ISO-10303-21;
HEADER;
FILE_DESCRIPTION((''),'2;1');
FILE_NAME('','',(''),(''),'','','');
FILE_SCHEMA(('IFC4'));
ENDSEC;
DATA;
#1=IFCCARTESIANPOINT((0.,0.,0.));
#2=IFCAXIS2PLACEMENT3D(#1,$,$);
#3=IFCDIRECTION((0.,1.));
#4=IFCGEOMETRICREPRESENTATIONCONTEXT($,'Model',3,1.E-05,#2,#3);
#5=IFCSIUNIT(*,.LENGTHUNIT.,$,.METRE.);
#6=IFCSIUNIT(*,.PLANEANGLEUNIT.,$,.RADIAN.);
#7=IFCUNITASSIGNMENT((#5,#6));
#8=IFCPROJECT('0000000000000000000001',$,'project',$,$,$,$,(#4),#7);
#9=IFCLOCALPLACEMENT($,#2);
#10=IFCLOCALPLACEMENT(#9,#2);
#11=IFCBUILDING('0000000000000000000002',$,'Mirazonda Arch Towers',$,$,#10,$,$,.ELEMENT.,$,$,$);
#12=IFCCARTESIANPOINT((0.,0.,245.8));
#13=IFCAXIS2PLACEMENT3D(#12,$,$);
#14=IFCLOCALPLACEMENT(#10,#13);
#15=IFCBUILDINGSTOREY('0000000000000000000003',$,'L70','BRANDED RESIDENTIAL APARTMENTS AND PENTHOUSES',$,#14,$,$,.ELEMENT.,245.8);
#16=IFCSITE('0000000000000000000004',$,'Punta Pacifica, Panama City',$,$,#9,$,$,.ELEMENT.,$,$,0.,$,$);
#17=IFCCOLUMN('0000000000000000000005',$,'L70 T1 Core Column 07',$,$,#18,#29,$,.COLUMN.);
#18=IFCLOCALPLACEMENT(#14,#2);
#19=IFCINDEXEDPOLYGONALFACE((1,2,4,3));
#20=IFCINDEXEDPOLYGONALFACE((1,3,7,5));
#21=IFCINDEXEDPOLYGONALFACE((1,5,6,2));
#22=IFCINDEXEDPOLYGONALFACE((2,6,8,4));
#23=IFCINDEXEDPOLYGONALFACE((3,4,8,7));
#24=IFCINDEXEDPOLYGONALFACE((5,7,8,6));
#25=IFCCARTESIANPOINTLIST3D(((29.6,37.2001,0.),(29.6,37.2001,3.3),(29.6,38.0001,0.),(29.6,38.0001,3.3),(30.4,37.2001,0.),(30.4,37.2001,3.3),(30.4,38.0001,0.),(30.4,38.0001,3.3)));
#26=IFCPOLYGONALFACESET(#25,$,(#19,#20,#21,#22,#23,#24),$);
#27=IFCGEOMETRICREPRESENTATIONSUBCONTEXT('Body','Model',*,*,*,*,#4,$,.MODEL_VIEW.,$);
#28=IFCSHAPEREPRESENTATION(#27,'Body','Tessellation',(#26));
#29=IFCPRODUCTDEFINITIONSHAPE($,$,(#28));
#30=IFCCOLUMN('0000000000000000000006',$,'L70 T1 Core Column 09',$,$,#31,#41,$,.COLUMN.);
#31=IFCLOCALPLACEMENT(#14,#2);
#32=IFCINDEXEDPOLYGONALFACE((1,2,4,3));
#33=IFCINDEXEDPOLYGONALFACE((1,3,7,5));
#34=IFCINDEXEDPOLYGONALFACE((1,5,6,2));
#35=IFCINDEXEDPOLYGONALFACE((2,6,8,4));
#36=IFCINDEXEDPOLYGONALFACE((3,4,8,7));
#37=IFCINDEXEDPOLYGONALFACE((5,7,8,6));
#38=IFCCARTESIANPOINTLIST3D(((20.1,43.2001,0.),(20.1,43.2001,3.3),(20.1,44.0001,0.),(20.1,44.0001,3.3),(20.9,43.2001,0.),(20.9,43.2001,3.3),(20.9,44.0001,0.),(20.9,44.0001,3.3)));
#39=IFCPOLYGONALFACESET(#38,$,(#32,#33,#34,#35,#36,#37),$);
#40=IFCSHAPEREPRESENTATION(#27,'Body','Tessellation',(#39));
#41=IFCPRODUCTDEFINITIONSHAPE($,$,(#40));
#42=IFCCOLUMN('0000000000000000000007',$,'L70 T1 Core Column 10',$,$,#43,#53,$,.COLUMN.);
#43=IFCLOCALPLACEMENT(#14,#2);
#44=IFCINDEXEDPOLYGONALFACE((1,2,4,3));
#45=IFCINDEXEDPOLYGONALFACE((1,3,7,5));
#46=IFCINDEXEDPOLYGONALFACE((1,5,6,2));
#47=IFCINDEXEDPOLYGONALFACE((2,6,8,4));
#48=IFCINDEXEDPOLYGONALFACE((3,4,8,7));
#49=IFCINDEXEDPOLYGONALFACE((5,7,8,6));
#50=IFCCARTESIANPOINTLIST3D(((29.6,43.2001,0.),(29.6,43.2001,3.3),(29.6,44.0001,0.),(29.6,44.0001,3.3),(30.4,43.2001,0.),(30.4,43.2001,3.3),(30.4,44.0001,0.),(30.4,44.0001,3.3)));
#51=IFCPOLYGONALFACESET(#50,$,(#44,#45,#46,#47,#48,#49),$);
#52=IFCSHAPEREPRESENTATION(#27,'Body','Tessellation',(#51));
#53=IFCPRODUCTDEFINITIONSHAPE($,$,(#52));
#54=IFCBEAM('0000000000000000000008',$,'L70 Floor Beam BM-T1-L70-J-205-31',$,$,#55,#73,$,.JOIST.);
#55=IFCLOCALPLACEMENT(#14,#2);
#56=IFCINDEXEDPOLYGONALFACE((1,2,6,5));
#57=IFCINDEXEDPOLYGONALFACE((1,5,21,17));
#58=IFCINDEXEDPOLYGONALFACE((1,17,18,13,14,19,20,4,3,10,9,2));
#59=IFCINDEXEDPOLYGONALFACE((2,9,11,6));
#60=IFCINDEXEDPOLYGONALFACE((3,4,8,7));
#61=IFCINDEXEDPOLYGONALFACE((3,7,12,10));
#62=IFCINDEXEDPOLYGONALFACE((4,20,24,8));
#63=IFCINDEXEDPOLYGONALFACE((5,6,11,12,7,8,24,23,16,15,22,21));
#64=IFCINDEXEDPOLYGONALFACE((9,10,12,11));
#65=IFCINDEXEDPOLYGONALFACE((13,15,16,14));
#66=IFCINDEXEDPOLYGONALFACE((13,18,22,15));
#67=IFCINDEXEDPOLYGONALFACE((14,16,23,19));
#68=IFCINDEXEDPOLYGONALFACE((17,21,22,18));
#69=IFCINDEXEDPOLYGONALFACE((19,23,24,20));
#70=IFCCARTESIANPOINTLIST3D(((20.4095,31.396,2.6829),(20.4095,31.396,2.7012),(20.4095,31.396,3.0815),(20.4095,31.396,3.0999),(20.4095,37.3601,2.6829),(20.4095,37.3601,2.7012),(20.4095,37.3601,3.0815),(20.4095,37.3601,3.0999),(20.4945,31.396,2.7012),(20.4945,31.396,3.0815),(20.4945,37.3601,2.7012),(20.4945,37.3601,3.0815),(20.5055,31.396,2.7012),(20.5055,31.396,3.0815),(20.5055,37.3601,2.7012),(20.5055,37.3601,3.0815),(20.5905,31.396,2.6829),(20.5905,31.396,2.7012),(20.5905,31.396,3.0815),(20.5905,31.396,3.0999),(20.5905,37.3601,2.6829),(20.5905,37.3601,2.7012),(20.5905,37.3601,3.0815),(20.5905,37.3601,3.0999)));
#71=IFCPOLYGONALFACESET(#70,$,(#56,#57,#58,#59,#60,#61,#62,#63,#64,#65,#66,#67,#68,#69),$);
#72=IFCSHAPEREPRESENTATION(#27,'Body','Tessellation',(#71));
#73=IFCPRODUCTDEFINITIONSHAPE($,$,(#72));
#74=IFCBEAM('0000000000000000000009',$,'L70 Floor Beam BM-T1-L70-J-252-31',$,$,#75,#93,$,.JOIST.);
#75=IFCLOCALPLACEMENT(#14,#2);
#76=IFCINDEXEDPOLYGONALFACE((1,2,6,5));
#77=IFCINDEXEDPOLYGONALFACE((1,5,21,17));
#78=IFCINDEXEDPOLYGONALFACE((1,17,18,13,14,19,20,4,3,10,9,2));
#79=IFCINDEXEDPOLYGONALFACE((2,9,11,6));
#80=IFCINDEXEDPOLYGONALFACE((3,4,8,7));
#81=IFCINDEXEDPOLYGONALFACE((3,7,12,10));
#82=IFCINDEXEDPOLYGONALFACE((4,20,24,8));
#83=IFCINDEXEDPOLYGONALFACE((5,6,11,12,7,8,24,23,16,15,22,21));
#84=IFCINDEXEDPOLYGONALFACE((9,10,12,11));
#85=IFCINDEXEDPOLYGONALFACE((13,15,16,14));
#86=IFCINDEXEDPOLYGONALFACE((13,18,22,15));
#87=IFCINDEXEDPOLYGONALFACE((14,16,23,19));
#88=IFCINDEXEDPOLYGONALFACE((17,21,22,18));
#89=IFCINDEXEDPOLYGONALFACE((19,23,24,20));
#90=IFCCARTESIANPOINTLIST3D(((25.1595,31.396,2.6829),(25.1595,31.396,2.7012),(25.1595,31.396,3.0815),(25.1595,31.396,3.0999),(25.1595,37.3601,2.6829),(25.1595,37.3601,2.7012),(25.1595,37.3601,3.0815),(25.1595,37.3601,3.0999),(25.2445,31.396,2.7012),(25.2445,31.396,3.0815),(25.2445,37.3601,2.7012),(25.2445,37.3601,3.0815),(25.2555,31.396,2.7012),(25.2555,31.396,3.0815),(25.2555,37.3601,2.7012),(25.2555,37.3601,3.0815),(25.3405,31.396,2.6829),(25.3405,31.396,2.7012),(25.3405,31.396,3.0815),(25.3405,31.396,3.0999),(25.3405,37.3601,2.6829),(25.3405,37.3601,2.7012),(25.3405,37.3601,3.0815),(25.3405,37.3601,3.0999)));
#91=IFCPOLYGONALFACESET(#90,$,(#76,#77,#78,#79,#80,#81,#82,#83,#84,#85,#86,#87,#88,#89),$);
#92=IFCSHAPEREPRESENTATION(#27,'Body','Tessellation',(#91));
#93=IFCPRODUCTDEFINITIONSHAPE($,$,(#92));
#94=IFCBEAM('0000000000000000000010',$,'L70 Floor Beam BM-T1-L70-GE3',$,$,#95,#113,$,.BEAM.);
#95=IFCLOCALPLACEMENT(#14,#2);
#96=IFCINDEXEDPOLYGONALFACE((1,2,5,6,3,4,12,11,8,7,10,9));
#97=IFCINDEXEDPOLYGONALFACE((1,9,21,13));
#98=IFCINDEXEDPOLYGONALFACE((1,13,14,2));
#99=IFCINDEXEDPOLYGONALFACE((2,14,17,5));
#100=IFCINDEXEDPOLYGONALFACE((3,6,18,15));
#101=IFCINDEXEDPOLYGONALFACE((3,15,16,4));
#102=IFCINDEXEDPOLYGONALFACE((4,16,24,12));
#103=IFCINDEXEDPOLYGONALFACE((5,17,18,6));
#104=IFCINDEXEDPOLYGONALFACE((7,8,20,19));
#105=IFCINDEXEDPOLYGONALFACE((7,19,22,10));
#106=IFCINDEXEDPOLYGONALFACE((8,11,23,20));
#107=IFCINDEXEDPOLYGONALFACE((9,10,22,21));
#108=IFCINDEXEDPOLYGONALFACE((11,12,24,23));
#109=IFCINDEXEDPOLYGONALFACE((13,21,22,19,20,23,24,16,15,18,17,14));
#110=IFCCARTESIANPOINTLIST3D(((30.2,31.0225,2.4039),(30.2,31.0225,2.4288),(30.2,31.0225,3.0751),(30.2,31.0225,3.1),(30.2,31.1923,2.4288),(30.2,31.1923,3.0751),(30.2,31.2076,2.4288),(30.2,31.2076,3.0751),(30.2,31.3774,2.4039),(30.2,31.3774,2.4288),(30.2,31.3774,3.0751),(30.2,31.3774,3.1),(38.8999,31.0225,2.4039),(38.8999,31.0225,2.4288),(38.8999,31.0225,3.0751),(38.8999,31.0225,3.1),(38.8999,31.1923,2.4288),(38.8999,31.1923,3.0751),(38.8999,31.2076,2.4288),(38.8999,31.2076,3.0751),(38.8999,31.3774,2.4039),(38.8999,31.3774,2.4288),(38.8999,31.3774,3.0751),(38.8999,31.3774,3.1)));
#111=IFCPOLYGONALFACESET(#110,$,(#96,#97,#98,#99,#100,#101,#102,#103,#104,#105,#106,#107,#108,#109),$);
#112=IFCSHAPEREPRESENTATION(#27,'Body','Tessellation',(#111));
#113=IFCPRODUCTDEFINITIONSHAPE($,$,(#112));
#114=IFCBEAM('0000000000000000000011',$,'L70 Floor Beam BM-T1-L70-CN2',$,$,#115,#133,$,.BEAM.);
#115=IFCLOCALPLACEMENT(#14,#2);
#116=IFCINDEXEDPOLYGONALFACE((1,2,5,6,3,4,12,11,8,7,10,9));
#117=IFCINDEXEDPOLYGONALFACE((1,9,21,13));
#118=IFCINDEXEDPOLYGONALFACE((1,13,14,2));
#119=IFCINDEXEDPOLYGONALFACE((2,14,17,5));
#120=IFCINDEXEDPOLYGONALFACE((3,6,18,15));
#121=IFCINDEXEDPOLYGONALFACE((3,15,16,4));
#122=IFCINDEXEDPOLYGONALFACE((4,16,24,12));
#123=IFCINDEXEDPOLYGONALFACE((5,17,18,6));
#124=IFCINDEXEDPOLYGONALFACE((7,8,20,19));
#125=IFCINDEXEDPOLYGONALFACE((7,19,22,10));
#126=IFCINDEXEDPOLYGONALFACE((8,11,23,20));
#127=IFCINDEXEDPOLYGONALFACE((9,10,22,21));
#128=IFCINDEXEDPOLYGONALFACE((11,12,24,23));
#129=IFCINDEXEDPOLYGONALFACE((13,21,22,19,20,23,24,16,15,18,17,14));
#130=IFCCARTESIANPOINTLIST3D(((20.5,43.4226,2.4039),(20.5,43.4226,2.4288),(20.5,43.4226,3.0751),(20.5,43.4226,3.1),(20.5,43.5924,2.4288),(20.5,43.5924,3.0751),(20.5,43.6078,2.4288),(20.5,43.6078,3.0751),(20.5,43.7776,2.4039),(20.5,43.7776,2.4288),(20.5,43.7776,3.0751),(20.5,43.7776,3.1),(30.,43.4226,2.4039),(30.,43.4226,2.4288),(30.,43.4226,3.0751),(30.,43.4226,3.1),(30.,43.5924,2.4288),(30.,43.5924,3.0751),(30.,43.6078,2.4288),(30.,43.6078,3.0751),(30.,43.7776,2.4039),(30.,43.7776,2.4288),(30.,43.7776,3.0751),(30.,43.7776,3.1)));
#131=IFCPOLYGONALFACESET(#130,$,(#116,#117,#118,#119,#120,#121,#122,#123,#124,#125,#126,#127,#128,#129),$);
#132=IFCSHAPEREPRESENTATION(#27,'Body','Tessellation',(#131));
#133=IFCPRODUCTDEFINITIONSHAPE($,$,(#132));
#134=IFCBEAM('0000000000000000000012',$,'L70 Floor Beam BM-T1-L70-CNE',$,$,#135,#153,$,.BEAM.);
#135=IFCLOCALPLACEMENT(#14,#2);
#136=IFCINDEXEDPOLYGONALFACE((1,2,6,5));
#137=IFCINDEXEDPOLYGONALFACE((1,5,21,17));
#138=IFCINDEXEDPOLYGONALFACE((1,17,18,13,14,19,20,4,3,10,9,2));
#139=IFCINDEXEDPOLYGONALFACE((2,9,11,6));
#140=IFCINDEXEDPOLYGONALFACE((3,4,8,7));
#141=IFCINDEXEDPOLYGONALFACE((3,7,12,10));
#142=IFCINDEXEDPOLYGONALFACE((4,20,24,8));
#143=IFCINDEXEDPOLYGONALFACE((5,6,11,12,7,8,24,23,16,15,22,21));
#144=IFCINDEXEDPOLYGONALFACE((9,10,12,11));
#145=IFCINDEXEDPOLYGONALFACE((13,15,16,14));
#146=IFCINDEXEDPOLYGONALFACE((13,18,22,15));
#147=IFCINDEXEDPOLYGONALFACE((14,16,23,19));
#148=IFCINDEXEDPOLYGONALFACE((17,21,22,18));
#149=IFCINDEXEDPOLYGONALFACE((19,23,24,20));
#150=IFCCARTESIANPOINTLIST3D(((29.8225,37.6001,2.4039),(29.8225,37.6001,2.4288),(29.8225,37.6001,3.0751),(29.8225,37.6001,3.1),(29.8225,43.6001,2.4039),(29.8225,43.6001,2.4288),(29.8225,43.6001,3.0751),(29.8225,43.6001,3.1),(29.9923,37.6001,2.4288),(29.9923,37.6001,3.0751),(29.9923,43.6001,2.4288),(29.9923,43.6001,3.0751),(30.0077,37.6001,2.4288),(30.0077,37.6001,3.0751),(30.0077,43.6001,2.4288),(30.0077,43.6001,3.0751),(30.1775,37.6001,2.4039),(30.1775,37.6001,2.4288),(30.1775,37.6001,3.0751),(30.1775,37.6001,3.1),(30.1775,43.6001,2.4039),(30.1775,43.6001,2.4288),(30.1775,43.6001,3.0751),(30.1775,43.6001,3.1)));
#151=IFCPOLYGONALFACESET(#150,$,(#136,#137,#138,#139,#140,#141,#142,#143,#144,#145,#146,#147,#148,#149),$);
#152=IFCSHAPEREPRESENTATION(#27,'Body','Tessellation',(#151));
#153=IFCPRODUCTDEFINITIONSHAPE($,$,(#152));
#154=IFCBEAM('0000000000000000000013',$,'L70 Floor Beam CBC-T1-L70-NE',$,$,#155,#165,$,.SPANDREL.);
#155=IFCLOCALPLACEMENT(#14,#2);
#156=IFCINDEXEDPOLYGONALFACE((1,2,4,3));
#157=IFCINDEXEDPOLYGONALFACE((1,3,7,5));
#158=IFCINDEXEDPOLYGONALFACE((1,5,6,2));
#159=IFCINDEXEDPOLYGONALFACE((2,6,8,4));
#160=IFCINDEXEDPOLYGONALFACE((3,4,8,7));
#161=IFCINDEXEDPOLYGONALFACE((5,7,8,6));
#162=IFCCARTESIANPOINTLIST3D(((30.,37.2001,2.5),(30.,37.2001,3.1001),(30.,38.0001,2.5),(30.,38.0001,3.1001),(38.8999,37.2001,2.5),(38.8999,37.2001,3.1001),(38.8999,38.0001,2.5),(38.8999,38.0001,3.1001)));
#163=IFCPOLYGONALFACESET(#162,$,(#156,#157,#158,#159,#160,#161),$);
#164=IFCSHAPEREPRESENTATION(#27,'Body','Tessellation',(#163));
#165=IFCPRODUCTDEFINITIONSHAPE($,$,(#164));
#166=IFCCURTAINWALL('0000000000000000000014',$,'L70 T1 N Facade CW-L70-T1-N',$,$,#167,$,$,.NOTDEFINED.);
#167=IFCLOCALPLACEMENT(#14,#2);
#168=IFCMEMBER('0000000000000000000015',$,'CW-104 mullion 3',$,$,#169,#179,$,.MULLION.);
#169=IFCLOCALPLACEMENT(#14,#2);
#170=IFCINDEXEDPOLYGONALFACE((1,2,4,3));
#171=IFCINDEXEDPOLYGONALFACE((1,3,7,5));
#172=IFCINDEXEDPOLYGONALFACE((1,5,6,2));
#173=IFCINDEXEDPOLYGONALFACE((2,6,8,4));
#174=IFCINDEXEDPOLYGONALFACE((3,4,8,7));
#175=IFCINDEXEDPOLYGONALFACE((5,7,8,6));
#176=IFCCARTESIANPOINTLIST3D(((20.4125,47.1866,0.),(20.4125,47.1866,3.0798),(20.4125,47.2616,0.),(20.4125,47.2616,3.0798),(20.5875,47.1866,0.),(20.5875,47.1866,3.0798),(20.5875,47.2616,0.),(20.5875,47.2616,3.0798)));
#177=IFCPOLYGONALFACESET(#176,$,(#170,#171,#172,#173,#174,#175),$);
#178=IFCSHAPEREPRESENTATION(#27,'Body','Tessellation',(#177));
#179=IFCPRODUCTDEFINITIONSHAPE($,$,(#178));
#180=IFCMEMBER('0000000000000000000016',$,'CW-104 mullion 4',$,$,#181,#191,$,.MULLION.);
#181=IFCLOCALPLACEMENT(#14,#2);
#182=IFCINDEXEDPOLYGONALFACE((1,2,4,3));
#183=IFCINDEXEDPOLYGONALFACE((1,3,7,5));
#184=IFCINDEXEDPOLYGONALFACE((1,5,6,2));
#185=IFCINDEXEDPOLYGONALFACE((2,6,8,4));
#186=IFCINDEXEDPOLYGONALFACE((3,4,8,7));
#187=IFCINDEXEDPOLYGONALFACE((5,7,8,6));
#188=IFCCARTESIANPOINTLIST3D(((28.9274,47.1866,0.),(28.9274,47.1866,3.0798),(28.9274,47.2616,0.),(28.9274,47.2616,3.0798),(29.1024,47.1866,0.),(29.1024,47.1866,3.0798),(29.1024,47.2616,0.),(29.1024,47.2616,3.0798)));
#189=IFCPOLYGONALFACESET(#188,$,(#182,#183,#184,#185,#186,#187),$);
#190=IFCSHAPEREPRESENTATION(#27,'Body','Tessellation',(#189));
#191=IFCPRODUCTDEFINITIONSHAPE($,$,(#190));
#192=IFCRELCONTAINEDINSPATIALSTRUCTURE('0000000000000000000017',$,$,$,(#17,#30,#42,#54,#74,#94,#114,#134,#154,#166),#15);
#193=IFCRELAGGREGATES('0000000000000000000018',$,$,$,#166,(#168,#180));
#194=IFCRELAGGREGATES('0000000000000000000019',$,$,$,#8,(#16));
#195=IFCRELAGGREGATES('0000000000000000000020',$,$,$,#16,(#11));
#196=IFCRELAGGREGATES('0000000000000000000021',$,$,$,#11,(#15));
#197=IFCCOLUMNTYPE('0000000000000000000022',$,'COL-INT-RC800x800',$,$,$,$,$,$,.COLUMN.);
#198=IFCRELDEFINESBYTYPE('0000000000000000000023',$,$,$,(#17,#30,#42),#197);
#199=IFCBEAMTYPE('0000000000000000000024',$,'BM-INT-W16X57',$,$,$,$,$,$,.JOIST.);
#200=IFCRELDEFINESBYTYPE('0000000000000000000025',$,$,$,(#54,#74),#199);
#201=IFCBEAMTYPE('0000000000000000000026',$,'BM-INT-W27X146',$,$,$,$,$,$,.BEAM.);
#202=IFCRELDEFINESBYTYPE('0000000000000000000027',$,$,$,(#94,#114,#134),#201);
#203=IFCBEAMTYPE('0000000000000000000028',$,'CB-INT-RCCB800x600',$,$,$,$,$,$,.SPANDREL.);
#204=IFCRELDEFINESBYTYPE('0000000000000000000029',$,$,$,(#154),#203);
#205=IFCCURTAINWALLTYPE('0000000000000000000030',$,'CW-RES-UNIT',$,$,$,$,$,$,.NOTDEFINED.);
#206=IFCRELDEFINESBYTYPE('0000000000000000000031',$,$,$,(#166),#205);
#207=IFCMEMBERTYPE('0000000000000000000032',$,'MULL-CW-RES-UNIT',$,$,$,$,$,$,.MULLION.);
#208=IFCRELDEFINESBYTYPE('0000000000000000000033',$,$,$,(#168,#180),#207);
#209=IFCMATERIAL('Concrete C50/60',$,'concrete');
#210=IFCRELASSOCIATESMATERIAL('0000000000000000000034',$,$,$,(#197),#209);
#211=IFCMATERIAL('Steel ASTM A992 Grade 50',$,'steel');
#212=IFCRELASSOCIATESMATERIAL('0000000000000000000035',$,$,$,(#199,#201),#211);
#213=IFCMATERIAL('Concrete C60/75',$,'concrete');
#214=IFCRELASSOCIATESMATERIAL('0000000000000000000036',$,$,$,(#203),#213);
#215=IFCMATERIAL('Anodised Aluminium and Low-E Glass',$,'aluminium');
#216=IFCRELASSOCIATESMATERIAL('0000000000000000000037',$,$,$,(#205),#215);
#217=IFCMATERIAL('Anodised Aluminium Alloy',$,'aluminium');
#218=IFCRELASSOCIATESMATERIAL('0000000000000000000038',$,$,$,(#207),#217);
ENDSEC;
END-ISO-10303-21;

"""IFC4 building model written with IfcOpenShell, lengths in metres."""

from ifc_helpers import new_model, si_unit, direction, frame, origin, origin_2d, place, context, subcontext, project, spatial, rectangle, i_section, extrude, material, material_profile, profile_set, type_object, element, aggregate, save


model = new_model("IFC4")

# Units and contexts
model_context = context("Model", 3, precision=1e-05, world=origin(), true_north=direction((0.0, 1.0)))
body_context = subcontext(model_context, "Body", "Model", "MODEL_VIEW")
ifc_project = project(units=[si_unit("LENGTHUNIT", "METRE"), si_unit("PLANEANGLEUNIT", "RADIAN")], contexts=[model_context])

# Site, building, storey
site_placement = place(None, origin())
site = spatial("IfcSite", under=ifc_project, at=site_placement, Name="Punta Pacifica, Panama City", CompositionType="ELEMENT", RefElevation=0.0)
building_placement = place(site_placement, origin())
building = spatial("IfcBuilding", under=site, at=building_placement, Name="Mirazonda Arch Towers", CompositionType="ELEMENT")
storey_placement = place(building_placement, frame((0.0, 0.0, 245.8)))
storey = spatial("IfcBuildingStorey", under=building, at=storey_placement, Name="L70", Description="BRANDED RESIDENTIAL APARTMENTS AND PENTHOUSES", CompositionType="ELEMENT", Elevation=245.8)

# Columns
ifc_material_1 = material(Name="Concrete C50/60", Category="concrete")
ifc_material_profile_1 = material_profile(ifc_material_1, rectangle(XDim=0.8, YDim=0.8, at=origin_2d()), Name="RC800x800")
ifc_profile_set_1 = profile_set([ifc_material_profile_1], Name="Concrete C50/60")
column_type = type_object("IfcColumnType", Name="COL-INT-RC800x800", PredefinedType="COLUMN", material=ifc_profile_set_1)
for number, where, z_axis, x_axis, name in (
    (1, (30.0, 37.6001, 0.0), (0.0, 0.0, 1.0), (1.0, 0.0, 0.0), "L70 T1 Core Column 07"),
    (2, (20.5, 43.6001, 0.0), (0.0, 0.0, 1.0), (1.0, 0.0, 0.0), "L70 T1 Core Column 09"),
    (3, (30.0, 43.6001, 0.0), (0.0, 0.0, 1.0), (1.0, 0.0, 0.0), "L70 T1 Core Column 10"),
):
    element("IfcColumn", number, at=place(storey_placement, frame(where, z_axis=z_axis, x_axis=x_axis)), inside=storey, type_object=column_type, Name=name, PredefinedType="COLUMN", context=body_context, shape_type="SweptSolid", body=[
        extrude(rectangle(XDim=0.8, YDim=0.8, at=origin_2d()), origin(), (0.0, 0.0, 1.0), 3.3),
    ])

# Beams
ifc_material_2 = material(Name="Steel ASTM A992 Grade 50", Category="steel")
ifc_material_profile_2 = material_profile(ifc_material_2, i_section(OverallWidth=0.1809, OverallDepth=0.417, WebThickness=0.011, FlangeThickness=0.0183, at=origin_2d()), Name="W16X57")
ifc_profile_set_2 = profile_set([ifc_material_profile_2], Name="Steel ASTM A992 Grade 50")
beam_type_1 = type_object("IfcBeamType", Name="BM-INT-W16X57", PredefinedType="JOIST", material=ifc_profile_set_2)
for number, where, z_axis, x_axis, name in (
    (4, (20.5, 31.396, 2.8914), (0.0, 1.0, 0.0), (-1.0, 0.0, 0.0), "L70 Floor Beam BM-T1-L70-J-205-31"),
    (5, (25.25, 31.396, 2.8914), (0.0, 1.0, 0.0), (-1.0, 0.0, 0.0), "L70 Floor Beam BM-T1-L70-J-252-31"),
):
    element("IfcBeam", number, at=place(storey_placement, frame(where, z_axis=z_axis, x_axis=x_axis)), inside=storey, type_object=beam_type_1, Name=name, PredefinedType="JOIST", context=body_context, shape_type="SweptSolid", body=[
        extrude(i_section(OverallWidth=0.1809, OverallDepth=0.417, WebThickness=0.011, FlangeThickness=0.0183, at=origin_2d()), origin(), (0.0, 0.0, 1.0), 5.9641),
    ])
ifc_material_profile_3 = material_profile(ifc_material_2, i_section(OverallWidth=0.355, OverallDepth=0.696, WebThickness=0.0154, FlangeThickness=0.0249, at=origin_2d()), Name="W27X146")
ifc_profile_set_3 = profile_set([ifc_material_profile_3], Name="Steel ASTM A992 Grade 50")
beam_type_2 = type_object("IfcBeamType", Name="BM-INT-W27X146", PredefinedType="BEAM", material=ifc_profile_set_3)
beam_1_placement = place(storey_placement, frame((30.2, 31.2, 2.752), z_axis=(1.0, 0.0, 0.0), x_axis=(0.0, 1.0, 0.0)))
element("IfcBeam", 6, at=beam_1_placement, inside=storey, type_object=beam_type_2, Name="L70 Floor Beam BM-T1-L70-GE3", PredefinedType="BEAM", context=body_context, shape_type="SweptSolid", body=[
    extrude(i_section(OverallWidth=0.355, OverallDepth=0.696, WebThickness=0.0154, FlangeThickness=0.0249, at=origin_2d()), origin(), (0.0, 0.0, 1.0), 8.7),
])
beam_2_placement = place(storey_placement, frame((20.5, 43.6001, 2.752), z_axis=(1.0, 0.0, 0.0), x_axis=(0.0, 1.0, 0.0)))
element("IfcBeam", 7, at=beam_2_placement, inside=storey, type_object=beam_type_2, Name="L70 Floor Beam BM-T1-L70-CN2", PredefinedType="BEAM", context=body_context, shape_type="SweptSolid", body=[
    extrude(i_section(OverallWidth=0.355, OverallDepth=0.696, WebThickness=0.0154, FlangeThickness=0.0249, at=origin_2d()), origin(), (0.0, 0.0, 1.0), 9.5),
])
beam_3_placement = place(storey_placement, frame((30.0, 37.6001, 2.752), z_axis=(0.0, 1.0, 0.0), x_axis=(-1.0, 0.0, 0.0)))
element("IfcBeam", 8, at=beam_3_placement, inside=storey, type_object=beam_type_2, Name="L70 Floor Beam BM-T1-L70-CNE", PredefinedType="BEAM", context=body_context, shape_type="SweptSolid", body=[
    extrude(i_section(OverallWidth=0.355, OverallDepth=0.696, WebThickness=0.0154, FlangeThickness=0.0249, at=origin_2d()), origin(), (0.0, 0.0, 1.0), 6.0),
])
ifc_material_3 = material(Name="Concrete C60/75", Category="concrete")
ifc_material_profile_4 = material_profile(ifc_material_3, rectangle(XDim=0.8, YDim=0.6001, at=origin_2d()), Name="RCCB800x600")
ifc_profile_set_4 = profile_set([ifc_material_profile_4], Name="Concrete C60/75")
beam_type_3 = type_object("IfcBeamType", Name="CB-INT-RCCB800x600", PredefinedType="SPANDREL", material=ifc_profile_set_4)
beam_4_placement = place(storey_placement, frame((30.0, 37.6001, 2.8), z_axis=(1.0, 0.0, 0.0), x_axis=(0.0, 1.0, 0.0)))
element("IfcBeam", 9, at=beam_4_placement, inside=storey, type_object=beam_type_3, Name="L70 Floor Beam CBC-T1-L70-NE", PredefinedType="SPANDREL", context=body_context, shape_type="SweptSolid", body=[
    extrude(rectangle(XDim=0.8, YDim=0.6001, at=origin_2d()), origin(), (0.0, 0.0, 1.0), 8.8999),
])

# Curtain wall, members
ifc_material_4 = material(Name="Anodised Aluminium and Low-E Glass", Category="aluminium")
curtain_wall_type = type_object("IfcCurtainWallType", Name="CW-RES-UNIT", PredefinedType="NOTDEFINED", material=ifc_material_4)
curtain_wall_placement = place(storey_placement, origin())
curtain_wall = element("IfcCurtainWall", 10, at=curtain_wall_placement, inside=storey, type_object=curtain_wall_type, Name="L70 T1 N Facade CW-L70-T1-N", PredefinedType="NOTDEFINED")
ifc_material_5 = material(Name="Anodised Aluminium Alloy", Category="aluminium")
ifc_material_profile_5 = material_profile(ifc_material_5, rectangle(XDim=0.075, YDim=0.175, at=origin_2d()), Name="ALU-MULL-75x175")
ifc_profile_set_5 = profile_set([ifc_material_profile_5], Name="Anodised Aluminium Alloy")
member_type_1 = type_object("IfcMemberType", Name="MULL-CW-RES-UNIT", PredefinedType="MULLION", material=ifc_profile_set_5)
member_1_placement = place(storey_placement, frame((20.5, 47.2241, 0.0), z_axis=(0.0, 0.0, 1.0), x_axis=(0.0, 1.0, 0.0)))
member_1 = element("IfcMember", 11, at=member_1_placement, type_object=member_type_1, Name="CW-104 mullion 3", PredefinedType="MULLION", context=body_context, shape_type="SweptSolid", body=[
    extrude(rectangle(XDim=0.075, YDim=0.175, at=origin_2d()), origin(), (0.0, 0.0, 1.0), 3.0798),
])
member_2_placement = place(storey_placement, frame((29.0149, 47.2241, 0.0), z_axis=(0.0, 0.0, 1.0), x_axis=(0.0, 1.0, 0.0)))
member_2 = element("IfcMember", 12, at=member_2_placement, type_object=member_type_1, Name="CW-104 mullion 4", PredefinedType="MULLION", context=body_context, shape_type="SweptSolid", body=[
    extrude(rectangle(XDim=0.075, YDim=0.175, at=origin_2d()), origin(), (0.0, 0.0, 1.0), 3.0798),
])
aggregate(curtain_wall, [member_1, member_2])

save(model, "model.ifc")
